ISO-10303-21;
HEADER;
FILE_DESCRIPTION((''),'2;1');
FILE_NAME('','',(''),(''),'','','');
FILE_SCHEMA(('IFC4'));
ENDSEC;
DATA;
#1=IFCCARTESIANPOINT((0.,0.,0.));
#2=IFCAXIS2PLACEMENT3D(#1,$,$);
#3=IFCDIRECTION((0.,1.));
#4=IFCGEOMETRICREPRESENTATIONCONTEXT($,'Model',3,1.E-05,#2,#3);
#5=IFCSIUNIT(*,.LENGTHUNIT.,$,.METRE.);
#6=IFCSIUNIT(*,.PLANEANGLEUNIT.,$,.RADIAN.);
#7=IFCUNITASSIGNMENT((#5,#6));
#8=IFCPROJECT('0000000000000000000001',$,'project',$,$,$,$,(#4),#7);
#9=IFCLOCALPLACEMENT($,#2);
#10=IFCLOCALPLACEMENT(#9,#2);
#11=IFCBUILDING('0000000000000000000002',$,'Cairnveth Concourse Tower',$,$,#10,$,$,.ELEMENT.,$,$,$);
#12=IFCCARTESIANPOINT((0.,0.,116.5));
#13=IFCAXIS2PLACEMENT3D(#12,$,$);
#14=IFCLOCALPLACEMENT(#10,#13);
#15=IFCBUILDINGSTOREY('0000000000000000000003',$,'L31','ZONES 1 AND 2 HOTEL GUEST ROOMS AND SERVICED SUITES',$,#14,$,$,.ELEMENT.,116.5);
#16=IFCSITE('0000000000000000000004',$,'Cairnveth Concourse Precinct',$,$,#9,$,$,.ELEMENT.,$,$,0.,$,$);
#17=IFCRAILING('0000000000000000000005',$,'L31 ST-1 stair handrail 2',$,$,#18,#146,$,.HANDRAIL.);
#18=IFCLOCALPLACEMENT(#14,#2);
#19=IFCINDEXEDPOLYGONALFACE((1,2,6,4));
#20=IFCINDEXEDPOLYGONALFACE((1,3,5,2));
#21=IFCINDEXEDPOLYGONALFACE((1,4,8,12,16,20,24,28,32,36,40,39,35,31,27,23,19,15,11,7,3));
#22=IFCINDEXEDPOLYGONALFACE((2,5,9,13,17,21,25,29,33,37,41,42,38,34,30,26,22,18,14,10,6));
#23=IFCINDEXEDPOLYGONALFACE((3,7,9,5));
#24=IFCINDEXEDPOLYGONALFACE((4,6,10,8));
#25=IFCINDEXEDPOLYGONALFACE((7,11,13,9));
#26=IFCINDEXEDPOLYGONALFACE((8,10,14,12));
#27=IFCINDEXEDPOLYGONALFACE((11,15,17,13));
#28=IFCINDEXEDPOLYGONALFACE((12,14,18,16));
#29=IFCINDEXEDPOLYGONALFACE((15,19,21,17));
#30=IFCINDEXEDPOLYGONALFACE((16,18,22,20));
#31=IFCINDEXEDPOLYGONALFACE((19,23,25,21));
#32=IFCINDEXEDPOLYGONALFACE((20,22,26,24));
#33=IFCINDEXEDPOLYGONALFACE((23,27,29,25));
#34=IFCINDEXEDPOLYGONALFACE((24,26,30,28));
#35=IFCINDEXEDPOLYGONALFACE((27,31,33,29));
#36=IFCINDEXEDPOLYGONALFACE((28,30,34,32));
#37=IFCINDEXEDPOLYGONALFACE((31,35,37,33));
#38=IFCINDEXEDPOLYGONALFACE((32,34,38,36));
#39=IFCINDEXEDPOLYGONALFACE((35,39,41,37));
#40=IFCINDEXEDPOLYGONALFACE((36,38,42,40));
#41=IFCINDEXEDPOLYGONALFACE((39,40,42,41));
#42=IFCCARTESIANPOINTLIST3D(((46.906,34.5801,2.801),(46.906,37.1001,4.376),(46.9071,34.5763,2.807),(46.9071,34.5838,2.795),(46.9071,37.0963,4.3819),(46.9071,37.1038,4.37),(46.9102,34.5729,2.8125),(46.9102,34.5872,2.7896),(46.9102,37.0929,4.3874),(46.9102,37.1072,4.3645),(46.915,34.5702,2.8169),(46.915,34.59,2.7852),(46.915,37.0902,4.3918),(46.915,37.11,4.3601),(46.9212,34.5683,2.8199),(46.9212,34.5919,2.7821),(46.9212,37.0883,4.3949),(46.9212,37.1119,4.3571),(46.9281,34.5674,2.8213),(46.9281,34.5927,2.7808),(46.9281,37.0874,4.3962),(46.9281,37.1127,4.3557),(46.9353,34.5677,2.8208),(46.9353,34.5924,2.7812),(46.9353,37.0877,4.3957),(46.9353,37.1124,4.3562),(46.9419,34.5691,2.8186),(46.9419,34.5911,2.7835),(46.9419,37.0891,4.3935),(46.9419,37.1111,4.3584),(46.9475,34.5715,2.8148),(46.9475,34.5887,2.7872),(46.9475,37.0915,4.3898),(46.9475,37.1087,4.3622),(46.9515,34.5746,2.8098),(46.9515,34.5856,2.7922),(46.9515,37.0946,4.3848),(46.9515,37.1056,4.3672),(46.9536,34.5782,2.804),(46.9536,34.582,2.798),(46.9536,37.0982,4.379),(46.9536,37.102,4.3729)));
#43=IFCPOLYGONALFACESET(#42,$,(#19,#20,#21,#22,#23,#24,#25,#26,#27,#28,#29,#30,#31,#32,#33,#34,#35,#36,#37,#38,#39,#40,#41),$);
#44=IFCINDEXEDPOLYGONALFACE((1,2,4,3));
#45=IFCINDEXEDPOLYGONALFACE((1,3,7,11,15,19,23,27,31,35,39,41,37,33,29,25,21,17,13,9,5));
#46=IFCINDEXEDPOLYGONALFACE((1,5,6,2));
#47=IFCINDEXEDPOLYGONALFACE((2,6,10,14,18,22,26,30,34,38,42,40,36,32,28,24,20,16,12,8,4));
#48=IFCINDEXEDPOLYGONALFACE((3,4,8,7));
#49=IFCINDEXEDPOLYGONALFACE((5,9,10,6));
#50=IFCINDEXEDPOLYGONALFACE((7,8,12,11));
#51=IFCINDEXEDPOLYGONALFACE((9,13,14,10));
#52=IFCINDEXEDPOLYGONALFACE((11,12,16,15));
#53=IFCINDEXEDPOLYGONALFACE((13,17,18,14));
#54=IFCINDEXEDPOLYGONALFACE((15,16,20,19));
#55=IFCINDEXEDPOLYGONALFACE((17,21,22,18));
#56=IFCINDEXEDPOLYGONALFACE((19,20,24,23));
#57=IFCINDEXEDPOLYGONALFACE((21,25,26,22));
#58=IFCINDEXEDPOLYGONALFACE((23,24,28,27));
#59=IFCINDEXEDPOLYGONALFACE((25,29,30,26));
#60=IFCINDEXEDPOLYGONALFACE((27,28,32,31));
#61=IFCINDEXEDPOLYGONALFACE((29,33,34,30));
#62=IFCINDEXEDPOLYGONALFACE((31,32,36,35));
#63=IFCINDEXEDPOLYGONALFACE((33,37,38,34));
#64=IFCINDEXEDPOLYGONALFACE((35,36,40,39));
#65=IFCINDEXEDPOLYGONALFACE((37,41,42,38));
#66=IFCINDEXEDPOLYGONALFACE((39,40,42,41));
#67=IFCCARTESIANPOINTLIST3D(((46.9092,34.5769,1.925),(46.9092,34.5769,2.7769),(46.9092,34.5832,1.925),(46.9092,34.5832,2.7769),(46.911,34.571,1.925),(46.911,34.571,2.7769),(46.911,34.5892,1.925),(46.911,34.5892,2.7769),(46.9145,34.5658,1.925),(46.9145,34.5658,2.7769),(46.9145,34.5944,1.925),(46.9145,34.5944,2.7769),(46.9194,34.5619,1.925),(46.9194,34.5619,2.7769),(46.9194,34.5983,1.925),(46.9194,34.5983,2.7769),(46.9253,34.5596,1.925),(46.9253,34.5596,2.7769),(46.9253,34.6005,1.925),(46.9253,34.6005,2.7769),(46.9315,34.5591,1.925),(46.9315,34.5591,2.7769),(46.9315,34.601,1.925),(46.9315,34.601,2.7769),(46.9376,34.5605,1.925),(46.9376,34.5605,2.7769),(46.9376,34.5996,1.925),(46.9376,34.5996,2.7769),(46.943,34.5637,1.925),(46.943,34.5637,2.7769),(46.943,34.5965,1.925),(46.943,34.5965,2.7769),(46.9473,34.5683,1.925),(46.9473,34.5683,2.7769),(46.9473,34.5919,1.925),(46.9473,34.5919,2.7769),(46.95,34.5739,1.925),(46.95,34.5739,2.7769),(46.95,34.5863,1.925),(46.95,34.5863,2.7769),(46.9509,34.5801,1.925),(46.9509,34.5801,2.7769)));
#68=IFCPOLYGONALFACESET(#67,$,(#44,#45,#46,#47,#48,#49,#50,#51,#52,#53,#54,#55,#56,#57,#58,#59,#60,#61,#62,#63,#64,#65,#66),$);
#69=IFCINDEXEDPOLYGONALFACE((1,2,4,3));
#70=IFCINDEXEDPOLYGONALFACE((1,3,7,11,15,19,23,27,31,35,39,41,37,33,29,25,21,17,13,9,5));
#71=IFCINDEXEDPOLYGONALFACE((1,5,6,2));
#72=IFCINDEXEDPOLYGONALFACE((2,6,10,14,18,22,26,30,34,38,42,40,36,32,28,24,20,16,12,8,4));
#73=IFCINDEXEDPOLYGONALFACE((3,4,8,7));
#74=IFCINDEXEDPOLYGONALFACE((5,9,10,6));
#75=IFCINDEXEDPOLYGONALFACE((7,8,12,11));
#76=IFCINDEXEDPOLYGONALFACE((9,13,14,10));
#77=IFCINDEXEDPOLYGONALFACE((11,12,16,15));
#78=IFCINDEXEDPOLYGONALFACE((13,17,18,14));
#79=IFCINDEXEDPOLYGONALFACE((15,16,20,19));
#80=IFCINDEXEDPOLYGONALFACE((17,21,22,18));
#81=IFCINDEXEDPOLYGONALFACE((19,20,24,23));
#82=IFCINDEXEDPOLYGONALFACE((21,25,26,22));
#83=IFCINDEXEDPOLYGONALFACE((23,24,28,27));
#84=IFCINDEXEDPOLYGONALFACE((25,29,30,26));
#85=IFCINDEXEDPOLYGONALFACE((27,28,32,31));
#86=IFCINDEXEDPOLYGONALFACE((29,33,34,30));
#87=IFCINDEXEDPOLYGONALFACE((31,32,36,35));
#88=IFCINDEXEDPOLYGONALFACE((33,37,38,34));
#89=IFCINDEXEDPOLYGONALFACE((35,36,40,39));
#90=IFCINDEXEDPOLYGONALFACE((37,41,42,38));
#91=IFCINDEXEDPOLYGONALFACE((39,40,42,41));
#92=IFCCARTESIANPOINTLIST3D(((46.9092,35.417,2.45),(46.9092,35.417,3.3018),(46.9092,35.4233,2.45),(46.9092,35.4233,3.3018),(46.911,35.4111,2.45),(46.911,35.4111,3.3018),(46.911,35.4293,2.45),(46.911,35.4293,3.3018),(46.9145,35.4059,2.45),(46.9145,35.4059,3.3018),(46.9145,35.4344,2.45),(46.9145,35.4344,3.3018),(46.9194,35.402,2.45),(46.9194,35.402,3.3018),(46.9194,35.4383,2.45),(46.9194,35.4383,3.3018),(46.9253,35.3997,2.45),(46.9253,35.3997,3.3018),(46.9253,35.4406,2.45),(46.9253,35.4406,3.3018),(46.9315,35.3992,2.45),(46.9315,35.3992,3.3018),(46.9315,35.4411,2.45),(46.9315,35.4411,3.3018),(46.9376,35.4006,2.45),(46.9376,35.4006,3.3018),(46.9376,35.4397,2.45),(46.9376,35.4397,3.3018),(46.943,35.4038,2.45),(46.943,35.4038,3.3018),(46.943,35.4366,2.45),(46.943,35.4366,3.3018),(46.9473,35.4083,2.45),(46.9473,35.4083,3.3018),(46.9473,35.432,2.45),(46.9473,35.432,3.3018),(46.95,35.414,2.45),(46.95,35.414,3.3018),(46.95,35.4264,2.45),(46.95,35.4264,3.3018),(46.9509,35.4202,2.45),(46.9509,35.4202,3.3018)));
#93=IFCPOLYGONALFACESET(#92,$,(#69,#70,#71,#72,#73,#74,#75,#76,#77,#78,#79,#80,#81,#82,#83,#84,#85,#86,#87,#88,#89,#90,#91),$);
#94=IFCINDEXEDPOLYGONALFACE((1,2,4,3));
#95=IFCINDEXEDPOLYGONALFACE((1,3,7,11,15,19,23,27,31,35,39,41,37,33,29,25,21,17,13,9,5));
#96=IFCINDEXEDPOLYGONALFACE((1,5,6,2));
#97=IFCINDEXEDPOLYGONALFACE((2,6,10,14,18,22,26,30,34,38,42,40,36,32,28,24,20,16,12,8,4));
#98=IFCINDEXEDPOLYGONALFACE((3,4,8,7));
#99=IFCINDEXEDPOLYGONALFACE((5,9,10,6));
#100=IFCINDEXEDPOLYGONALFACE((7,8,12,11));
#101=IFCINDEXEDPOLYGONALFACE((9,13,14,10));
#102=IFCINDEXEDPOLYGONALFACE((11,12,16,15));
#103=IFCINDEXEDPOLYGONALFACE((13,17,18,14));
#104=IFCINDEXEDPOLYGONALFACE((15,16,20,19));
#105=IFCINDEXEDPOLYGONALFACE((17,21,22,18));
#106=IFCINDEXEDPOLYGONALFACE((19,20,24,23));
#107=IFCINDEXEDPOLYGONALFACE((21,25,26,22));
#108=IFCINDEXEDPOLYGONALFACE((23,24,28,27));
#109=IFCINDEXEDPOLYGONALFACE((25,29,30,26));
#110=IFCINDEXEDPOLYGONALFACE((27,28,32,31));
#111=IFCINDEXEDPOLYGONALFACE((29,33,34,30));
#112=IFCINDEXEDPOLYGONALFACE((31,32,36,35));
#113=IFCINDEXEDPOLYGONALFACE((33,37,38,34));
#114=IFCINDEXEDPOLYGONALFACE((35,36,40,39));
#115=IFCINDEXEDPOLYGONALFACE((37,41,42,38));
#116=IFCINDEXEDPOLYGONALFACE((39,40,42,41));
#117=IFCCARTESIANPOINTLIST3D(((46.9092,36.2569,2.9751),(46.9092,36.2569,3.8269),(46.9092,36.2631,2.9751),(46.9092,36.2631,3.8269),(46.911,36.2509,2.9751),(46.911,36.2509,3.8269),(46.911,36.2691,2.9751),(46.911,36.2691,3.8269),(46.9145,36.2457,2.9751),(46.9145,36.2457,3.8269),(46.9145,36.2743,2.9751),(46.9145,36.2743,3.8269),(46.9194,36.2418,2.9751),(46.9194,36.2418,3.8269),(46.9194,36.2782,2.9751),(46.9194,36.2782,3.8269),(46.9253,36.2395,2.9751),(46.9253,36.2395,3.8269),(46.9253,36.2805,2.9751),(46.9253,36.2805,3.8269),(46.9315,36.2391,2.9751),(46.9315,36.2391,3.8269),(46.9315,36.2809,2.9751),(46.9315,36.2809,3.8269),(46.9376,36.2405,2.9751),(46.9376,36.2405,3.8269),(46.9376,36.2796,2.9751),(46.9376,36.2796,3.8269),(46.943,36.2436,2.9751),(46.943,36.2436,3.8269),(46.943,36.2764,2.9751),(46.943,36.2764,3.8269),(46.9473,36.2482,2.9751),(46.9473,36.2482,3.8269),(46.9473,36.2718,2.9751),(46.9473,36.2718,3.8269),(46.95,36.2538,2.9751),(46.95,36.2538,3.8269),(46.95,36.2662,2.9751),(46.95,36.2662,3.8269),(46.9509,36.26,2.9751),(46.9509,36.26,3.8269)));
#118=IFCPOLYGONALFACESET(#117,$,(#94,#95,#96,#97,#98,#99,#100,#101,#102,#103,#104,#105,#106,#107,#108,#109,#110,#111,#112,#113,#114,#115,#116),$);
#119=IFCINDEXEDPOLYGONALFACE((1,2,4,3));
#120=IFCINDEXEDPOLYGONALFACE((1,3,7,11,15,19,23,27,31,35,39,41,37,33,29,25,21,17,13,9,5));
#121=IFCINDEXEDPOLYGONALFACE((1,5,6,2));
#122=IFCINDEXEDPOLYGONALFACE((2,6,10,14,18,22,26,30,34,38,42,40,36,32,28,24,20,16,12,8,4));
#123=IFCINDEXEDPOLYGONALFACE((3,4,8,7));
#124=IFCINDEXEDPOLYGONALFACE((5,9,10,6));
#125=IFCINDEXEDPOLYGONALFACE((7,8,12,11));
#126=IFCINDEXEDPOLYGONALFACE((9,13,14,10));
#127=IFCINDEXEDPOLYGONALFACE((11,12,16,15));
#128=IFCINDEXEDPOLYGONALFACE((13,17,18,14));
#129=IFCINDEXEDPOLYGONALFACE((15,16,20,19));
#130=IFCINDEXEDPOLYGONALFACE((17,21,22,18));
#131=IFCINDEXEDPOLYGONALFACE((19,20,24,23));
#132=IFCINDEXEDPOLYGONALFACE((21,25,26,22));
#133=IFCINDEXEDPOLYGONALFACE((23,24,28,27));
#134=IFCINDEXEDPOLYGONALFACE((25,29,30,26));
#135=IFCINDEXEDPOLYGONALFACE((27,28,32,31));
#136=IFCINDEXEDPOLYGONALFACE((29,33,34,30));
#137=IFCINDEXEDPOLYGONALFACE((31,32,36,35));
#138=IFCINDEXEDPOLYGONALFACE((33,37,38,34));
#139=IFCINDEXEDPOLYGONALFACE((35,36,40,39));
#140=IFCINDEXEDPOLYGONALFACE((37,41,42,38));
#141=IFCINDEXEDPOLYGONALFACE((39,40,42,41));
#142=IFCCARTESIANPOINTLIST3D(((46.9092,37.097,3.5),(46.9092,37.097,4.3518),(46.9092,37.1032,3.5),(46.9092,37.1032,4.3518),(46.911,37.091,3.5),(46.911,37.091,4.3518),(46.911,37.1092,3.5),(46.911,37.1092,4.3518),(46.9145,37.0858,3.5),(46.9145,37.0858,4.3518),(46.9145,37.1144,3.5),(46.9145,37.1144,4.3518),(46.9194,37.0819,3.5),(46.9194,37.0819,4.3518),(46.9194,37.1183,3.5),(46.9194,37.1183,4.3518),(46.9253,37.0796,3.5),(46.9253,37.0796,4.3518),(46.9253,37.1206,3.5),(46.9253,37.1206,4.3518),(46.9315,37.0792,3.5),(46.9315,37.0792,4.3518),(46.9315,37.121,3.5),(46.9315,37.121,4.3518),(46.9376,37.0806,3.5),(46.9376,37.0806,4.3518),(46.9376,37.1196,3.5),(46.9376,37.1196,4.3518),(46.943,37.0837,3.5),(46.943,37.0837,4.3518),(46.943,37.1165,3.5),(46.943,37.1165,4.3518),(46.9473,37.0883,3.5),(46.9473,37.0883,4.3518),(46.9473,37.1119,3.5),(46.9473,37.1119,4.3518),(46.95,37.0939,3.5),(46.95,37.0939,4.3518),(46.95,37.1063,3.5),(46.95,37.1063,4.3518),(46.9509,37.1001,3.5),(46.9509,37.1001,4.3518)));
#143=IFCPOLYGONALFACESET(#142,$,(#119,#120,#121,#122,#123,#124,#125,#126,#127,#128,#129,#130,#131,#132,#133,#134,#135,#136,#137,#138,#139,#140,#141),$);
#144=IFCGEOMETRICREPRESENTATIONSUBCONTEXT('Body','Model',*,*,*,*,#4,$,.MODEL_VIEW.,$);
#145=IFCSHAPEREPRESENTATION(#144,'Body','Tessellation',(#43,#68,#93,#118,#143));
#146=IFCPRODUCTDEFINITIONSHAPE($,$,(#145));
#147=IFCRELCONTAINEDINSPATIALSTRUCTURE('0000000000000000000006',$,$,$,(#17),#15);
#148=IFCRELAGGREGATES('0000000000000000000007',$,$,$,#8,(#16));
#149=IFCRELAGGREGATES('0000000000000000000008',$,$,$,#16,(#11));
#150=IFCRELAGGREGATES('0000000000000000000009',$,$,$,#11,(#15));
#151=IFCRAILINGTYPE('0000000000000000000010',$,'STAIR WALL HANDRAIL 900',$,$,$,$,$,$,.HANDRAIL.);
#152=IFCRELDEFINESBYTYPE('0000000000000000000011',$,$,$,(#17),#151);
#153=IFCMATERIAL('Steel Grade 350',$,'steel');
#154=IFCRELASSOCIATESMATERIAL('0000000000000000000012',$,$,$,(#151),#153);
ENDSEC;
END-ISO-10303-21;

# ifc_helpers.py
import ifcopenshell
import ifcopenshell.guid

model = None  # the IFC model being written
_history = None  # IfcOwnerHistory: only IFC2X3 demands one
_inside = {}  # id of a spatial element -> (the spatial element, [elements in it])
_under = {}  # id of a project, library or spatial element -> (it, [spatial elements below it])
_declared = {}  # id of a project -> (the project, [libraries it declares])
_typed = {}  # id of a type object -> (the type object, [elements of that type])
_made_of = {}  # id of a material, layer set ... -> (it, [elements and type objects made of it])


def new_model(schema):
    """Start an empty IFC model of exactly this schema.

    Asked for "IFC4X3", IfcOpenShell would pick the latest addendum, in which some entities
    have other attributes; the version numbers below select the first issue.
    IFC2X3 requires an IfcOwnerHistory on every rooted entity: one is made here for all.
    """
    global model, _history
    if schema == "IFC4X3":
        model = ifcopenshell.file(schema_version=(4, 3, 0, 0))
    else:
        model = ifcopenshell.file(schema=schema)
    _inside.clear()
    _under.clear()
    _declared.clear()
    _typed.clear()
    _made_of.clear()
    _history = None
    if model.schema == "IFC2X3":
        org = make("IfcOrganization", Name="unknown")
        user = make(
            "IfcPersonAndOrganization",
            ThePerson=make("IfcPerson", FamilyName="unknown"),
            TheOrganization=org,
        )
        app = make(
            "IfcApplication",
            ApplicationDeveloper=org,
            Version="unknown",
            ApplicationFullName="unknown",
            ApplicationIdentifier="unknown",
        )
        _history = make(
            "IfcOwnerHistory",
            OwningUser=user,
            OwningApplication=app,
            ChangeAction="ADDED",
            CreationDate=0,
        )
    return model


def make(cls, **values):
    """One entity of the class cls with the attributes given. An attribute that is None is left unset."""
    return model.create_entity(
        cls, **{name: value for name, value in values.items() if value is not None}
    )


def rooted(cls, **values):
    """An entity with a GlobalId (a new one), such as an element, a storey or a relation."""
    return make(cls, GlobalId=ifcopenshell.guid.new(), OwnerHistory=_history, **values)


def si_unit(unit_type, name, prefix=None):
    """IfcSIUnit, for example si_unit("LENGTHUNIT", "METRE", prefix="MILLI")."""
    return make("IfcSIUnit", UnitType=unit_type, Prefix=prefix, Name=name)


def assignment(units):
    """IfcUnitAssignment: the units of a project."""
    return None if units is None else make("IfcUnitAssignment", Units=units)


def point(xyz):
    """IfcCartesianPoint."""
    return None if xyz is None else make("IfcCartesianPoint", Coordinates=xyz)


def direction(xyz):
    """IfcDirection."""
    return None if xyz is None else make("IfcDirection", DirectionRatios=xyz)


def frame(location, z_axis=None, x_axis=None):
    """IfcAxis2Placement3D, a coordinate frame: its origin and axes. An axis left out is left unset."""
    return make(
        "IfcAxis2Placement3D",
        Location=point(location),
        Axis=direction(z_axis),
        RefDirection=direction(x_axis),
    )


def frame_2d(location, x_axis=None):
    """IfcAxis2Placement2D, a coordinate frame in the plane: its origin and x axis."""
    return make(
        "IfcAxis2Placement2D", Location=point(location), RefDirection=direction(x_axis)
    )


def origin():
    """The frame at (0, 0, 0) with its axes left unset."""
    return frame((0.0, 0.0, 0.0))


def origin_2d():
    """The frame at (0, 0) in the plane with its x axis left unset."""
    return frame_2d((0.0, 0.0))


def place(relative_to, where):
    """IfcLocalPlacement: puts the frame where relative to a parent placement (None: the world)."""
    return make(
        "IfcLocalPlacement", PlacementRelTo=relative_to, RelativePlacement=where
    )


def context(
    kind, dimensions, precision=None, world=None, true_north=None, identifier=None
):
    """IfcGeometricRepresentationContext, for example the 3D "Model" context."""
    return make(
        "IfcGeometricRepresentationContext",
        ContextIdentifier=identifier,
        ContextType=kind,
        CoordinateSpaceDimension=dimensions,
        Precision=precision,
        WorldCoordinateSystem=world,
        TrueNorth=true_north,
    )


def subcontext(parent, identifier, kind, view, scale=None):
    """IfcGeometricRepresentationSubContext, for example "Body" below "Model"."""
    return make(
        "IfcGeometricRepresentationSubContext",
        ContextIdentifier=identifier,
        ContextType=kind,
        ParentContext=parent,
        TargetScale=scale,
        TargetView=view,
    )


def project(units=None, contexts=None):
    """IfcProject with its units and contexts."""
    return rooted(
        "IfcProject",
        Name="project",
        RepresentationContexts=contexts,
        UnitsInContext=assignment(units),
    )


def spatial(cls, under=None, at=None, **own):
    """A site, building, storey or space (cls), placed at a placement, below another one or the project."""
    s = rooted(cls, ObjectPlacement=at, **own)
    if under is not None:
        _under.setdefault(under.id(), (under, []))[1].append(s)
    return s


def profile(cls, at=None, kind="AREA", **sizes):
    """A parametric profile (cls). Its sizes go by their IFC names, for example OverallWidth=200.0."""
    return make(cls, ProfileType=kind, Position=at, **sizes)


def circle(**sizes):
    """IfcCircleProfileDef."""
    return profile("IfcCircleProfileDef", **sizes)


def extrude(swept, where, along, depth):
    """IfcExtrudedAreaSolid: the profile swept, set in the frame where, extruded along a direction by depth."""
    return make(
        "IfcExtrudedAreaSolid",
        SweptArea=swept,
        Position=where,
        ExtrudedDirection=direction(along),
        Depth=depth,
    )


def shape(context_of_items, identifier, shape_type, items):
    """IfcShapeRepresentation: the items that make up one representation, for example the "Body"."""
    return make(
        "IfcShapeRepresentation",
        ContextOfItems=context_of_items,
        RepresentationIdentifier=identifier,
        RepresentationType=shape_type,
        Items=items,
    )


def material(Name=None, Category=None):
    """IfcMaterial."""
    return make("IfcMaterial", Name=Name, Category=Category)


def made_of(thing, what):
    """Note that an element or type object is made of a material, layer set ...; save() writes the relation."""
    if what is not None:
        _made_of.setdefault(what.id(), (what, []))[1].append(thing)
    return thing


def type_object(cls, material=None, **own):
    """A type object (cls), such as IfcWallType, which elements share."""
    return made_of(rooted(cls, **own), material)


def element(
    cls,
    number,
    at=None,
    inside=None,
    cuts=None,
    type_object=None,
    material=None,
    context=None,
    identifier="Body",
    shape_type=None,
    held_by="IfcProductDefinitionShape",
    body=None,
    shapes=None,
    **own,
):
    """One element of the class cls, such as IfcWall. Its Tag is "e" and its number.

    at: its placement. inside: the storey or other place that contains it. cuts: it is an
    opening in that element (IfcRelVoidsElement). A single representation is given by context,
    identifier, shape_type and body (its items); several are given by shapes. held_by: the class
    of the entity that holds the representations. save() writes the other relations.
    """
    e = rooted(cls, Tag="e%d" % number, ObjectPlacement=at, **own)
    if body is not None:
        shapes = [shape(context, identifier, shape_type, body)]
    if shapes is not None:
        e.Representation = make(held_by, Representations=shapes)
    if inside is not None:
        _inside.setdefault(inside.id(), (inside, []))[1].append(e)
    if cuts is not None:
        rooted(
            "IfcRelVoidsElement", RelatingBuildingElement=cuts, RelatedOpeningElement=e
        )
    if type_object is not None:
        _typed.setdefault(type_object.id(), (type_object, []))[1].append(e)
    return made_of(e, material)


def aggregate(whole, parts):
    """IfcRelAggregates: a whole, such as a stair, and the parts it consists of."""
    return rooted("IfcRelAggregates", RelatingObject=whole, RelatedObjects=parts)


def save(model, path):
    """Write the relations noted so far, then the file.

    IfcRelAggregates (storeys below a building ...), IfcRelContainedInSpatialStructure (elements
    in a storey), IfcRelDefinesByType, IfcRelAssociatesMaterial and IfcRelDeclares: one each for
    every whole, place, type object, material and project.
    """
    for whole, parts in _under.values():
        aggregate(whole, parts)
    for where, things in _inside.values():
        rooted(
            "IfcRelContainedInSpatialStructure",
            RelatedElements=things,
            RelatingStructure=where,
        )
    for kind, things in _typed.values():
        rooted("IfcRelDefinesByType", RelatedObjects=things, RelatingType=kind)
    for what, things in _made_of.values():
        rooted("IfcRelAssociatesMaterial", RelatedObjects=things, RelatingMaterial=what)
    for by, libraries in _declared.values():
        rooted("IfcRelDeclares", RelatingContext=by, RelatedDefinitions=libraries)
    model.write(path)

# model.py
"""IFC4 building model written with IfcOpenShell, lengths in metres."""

from ifc_helpers import new_model, si_unit, direction, frame, origin, origin_2d, place, context, subcontext, project, spatial, circle, extrude, material, type_object, element, save


model = new_model("IFC4")

# Units and contexts
model_context = context("Model", 3, precision=1e-05, world=origin(), true_north=direction((0.0, 1.0)))
body_context = subcontext(model_context, "Body", "Model", "MODEL_VIEW")
ifc_project = project(units=[si_unit("LENGTHUNIT", "METRE"), si_unit("PLANEANGLEUNIT", "RADIAN")], contexts=[model_context])

# Site, building, storey
site_placement = place(None, origin())
site = spatial("IfcSite", under=ifc_project, at=site_placement, Name="Cairnveth Concourse Precinct", CompositionType="ELEMENT", RefElevation=0.0)
building_placement = place(site_placement, origin())
building = spatial("IfcBuilding", under=site, at=building_placement, Name="Cairnveth Concourse Tower", CompositionType="ELEMENT")
storey_placement = place(building_placement, frame((0.0, 0.0, 116.5)))
storey = spatial("IfcBuildingStorey", under=building, at=storey_placement, Name="L31", Description="ZONES 1 AND 2 HOTEL GUEST ROOMS AND SERVICED SUITES", CompositionType="ELEMENT", Elevation=116.5)

# Railing
ifc_material_1 = material(Name="Steel Grade 350", Category="steel")
railing_type_1 = type_object("IfcRailingType", Name="STAIR WALL HANDRAIL 900", PredefinedType="HANDRAIL", material=ifc_material_1)
railing_1_placement = place(storey_placement, frame((46.9299, 34.5801, 1.925)))
element("IfcRailing", 1, at=railing_1_placement, inside=storey, type_object=railing_type_1, Name="L31 ST-1 stair handrail 2", PredefinedType="HANDRAIL", context=body_context, shape_type="SweptSolid", body=[
    extrude(circle(Radius=0.0239, at=origin_2d()), frame((0.0, 0.0, 0.876), z_axis=(0.0, 0.848008, 0.529984), x_axis=(-1.0, 0.0, 0.0)), (0.0, 0.0, 1.0), 2.9717),
    extrude(circle(Radius=0.021, at=origin_2d()), origin(), (0.0, 0.0, 1.0), 0.8518),
    extrude(circle(Radius=0.021, at=origin_2d()), frame((0.0, 0.8401, 0.5249)), (0.0, 0.0, 1.0), 0.8518),
    extrude(circle(Radius=0.021, at=origin_2d()), frame((0.0, 1.6799, 1.05)), (0.0, 0.0, 1.0), 0.8518),
    extrude(circle(Radius=0.021, at=origin_2d()), frame((0.0, 2.52, 1.575)), (0.0, 0.0, 1.0), 0.8518),
])

save(model, "model.ifc")
